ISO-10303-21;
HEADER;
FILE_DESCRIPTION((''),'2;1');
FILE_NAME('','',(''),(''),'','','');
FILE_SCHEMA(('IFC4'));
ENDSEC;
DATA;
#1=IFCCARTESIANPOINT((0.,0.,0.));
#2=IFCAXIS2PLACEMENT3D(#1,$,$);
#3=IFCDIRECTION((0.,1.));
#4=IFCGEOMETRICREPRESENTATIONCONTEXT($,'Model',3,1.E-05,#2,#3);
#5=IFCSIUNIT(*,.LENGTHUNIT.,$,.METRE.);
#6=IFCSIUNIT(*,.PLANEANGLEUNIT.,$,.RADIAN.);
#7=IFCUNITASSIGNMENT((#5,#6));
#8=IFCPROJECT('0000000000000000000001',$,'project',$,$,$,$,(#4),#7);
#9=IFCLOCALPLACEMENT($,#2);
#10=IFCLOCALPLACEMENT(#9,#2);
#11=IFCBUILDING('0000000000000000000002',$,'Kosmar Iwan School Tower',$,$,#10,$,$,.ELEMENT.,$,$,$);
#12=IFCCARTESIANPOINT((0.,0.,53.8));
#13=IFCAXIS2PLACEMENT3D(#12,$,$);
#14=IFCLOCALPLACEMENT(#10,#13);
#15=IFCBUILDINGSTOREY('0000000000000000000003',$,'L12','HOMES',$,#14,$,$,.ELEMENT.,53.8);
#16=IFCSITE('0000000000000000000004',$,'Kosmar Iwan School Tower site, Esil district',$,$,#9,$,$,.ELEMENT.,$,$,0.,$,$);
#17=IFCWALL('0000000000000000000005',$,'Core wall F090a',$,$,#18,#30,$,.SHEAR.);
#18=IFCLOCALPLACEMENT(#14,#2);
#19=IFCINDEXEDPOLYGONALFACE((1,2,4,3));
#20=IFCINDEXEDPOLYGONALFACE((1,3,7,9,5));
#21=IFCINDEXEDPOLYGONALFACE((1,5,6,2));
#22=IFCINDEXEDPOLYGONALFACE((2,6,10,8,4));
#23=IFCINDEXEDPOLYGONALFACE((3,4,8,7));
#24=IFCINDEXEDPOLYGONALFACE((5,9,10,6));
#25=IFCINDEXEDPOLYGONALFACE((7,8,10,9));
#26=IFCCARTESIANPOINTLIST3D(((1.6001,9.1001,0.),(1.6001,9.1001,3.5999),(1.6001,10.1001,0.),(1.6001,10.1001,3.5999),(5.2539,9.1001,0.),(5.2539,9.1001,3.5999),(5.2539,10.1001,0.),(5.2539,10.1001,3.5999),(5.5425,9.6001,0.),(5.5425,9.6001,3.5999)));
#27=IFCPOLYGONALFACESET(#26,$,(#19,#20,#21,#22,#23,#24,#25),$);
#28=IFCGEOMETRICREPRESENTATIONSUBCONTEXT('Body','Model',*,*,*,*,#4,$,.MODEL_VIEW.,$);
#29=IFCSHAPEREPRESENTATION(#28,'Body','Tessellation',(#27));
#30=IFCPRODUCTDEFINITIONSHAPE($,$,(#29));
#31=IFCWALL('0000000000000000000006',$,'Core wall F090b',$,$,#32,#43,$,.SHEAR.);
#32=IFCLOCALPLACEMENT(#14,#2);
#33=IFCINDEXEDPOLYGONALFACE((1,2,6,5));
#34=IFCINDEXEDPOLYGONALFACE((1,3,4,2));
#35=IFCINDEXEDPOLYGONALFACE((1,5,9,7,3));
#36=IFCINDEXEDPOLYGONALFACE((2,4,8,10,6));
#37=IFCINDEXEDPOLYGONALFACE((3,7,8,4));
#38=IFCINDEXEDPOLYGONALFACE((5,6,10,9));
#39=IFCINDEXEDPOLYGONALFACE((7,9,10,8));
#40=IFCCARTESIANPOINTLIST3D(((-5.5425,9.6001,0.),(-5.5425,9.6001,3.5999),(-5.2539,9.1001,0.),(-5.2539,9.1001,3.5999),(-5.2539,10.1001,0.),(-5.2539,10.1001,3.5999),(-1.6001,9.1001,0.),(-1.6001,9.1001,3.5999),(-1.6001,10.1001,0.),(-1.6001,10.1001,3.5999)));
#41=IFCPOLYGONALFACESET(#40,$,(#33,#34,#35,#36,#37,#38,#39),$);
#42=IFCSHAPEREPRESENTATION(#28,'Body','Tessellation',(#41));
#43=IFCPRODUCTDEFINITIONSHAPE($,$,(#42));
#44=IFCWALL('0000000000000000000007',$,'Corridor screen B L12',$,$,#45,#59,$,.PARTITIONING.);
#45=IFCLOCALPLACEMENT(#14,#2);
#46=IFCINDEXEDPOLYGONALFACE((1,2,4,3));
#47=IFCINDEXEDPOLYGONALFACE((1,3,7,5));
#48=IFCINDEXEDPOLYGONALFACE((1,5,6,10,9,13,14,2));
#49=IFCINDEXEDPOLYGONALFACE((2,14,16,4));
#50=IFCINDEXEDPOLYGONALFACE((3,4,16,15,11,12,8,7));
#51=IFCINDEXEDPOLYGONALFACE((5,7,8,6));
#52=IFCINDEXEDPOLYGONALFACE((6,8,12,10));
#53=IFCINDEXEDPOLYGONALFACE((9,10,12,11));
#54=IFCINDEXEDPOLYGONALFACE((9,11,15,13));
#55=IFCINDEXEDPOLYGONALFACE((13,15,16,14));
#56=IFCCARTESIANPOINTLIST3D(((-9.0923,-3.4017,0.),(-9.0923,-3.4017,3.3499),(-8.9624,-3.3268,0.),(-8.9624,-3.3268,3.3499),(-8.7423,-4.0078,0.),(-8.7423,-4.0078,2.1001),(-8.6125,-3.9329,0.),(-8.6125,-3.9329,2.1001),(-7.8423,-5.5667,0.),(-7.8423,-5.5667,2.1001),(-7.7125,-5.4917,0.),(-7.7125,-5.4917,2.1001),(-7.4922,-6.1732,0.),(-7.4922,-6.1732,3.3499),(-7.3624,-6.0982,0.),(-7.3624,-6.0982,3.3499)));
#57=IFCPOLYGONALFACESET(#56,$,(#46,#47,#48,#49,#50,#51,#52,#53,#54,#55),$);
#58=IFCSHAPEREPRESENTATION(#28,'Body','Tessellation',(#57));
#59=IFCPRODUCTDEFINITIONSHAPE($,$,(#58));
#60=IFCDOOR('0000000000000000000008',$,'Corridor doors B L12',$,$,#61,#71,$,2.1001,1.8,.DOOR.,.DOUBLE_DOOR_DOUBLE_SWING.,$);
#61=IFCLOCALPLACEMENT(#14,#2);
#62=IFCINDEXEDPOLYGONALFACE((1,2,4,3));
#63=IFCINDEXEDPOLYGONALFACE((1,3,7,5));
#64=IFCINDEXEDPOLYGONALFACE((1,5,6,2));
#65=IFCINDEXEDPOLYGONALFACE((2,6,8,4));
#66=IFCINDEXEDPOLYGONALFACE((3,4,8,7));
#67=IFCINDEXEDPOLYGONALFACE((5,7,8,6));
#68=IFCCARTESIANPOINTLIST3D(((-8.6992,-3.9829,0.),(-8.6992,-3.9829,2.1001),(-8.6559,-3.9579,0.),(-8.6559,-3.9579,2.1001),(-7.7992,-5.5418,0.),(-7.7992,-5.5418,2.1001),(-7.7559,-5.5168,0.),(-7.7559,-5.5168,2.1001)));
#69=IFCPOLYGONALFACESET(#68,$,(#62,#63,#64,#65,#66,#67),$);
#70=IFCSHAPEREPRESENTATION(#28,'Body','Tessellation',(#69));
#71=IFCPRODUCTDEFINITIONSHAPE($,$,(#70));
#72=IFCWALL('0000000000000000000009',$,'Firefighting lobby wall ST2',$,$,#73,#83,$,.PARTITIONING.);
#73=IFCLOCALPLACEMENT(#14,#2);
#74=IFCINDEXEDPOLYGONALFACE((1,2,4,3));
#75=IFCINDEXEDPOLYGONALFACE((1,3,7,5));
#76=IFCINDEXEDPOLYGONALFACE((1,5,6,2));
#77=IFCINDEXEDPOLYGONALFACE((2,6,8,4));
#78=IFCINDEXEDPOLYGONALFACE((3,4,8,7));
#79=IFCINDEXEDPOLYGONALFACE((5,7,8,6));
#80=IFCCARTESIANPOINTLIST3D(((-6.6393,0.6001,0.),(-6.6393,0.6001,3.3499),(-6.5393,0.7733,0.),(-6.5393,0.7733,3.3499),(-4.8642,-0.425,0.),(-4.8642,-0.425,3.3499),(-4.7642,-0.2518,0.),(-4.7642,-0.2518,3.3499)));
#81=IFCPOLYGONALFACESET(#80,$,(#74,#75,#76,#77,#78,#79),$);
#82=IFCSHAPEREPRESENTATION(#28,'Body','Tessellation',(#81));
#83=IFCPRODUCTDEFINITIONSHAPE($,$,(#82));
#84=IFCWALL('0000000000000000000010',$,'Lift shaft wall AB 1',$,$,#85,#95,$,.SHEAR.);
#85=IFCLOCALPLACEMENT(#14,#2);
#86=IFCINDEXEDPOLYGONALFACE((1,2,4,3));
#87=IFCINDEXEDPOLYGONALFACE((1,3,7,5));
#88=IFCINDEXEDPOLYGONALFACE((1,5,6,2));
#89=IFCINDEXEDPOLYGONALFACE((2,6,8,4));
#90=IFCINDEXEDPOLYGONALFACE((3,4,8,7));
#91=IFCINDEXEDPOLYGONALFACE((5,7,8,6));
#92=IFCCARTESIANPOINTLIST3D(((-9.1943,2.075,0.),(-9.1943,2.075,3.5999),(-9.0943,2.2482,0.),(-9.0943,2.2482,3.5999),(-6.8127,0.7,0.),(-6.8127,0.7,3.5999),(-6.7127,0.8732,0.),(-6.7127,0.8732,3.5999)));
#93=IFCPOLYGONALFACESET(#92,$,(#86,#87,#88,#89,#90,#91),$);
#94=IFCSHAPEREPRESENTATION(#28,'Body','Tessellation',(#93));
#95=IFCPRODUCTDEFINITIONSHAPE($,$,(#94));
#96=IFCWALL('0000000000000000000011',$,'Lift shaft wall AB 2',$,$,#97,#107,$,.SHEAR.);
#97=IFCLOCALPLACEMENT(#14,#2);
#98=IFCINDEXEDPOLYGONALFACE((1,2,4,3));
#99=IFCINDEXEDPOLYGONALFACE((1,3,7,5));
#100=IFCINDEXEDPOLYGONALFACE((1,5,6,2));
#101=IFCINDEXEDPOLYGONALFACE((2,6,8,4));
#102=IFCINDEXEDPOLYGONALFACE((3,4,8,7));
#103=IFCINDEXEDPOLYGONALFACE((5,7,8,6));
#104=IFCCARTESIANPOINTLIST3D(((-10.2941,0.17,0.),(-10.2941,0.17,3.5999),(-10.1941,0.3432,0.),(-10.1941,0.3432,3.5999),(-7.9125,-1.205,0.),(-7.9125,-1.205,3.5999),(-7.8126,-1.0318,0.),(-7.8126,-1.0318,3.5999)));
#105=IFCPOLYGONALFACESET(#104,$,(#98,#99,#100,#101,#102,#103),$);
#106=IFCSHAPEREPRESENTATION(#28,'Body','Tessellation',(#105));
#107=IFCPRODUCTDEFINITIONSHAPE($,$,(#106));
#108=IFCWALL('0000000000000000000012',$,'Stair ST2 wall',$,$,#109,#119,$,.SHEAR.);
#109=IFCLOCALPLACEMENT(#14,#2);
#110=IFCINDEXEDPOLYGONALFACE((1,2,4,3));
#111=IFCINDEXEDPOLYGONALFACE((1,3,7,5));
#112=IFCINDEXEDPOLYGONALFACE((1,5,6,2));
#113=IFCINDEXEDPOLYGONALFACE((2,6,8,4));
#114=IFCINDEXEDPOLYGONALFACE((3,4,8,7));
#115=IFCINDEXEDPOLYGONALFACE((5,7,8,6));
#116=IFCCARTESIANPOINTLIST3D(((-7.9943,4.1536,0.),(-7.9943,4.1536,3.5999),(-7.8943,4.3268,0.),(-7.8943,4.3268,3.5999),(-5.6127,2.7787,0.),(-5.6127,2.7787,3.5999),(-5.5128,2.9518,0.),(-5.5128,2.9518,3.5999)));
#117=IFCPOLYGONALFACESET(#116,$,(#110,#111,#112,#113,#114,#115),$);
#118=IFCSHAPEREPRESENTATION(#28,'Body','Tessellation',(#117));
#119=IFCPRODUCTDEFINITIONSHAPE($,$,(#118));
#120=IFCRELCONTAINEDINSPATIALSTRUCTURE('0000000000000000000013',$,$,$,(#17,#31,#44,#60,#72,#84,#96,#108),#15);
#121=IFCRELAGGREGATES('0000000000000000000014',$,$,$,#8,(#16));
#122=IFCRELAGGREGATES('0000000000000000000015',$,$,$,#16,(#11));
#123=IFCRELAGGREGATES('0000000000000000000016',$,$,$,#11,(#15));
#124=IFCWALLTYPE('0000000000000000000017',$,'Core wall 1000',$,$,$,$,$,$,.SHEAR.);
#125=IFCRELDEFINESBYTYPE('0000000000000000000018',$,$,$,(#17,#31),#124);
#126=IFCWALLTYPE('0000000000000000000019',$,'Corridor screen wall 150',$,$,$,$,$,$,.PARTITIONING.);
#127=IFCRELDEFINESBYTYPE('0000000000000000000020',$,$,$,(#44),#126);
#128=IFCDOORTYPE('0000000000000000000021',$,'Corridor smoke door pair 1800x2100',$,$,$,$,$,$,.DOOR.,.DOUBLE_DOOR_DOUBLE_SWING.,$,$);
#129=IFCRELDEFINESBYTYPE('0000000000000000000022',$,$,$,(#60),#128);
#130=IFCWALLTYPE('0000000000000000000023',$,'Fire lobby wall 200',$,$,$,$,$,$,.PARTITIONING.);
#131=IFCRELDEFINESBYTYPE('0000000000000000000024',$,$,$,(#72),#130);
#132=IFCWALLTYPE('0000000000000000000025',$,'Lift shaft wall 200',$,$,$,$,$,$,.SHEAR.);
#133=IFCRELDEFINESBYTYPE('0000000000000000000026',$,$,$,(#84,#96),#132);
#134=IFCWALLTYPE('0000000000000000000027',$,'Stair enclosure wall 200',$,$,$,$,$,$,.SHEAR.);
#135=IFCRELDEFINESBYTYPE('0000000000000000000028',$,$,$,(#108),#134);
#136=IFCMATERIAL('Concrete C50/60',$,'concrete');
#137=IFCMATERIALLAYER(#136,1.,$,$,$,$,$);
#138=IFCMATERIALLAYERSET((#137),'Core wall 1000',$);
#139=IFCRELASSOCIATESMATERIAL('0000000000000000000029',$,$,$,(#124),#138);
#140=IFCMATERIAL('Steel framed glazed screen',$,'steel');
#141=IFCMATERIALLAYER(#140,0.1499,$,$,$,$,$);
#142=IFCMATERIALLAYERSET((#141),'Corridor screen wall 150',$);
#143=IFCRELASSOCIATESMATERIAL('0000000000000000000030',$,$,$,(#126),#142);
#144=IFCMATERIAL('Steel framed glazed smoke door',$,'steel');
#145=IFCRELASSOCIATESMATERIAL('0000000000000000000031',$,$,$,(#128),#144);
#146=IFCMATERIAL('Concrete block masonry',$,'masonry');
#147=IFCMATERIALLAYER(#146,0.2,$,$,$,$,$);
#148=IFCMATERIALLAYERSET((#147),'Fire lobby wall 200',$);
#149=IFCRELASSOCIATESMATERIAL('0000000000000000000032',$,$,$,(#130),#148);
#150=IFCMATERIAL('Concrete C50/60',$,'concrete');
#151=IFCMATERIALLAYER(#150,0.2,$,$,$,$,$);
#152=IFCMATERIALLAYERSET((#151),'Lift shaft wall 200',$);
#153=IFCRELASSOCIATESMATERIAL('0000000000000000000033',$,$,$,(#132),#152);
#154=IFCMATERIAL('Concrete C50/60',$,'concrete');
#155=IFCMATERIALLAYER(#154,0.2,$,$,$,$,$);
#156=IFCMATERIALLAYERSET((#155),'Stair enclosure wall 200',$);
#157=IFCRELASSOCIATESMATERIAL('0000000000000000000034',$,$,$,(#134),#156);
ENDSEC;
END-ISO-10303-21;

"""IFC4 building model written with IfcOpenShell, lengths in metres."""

from ifc_helpers import new_model, si_unit, direction, frame, frame_2d, origin, place, context, subcontext, project, spatial, polyline, rectangle, outline, extrude, material, layer, layer_set, type_object, element, fill, save


model = new_model("IFC4")

# Units and contexts
model_context = context("Model", 3, precision=1e-05, world=origin(), true_north=direction((0.0, 1.0)))
body_context = subcontext(model_context, "Body", "Model", "MODEL_VIEW")
ifc_project = project(units=[si_unit("LENGTHUNIT", "METRE"), si_unit("PLANEANGLEUNIT", "RADIAN")], contexts=[model_context])

# Site, building, storey
site_placement = place(None, origin())
site = spatial("IfcSite", under=ifc_project, at=site_placement, Name="Kosmar Iwan School Tower site, Esil district", CompositionType="ELEMENT", RefElevation=0.0)
building_placement = place(site_placement, origin())
building = spatial("IfcBuilding", under=site, at=building_placement, Name="Kosmar Iwan School Tower", CompositionType="ELEMENT")
storey_placement = place(building_placement, frame((0.0, 0.0, 53.8)))
storey = spatial("IfcBuildingStorey", under=building, at=storey_placement, Name="L12", Description="HOMES", CompositionType="ELEMENT", Elevation=53.8)

# Walls
ifc_material_1 = material(Name="Concrete C50/60", Category="concrete")
ifc_layer_1 = layer(ifc_material_1, 1.0)
ifc_layer_set_1 = layer_set([ifc_layer_1], Name="Core wall 1000")
wall_type_1 = type_object("IfcWallType", Name="Core wall 1000", PredefinedType="SHEAR", material=ifc_layer_set_1)
wall_1_placement = place(storey_placement, origin())
element("IfcWall", 1, at=wall_1_placement, inside=storey, type_object=wall_type_1, Name="Core wall F090a", PredefinedType="SHEAR", context=body_context, shape_type="SweptSolid", body=[
    extrude(outline(polyline([(1.6001, 9.1001), (5.2539, 9.1001), (5.5425, 9.6001), (5.2539, 10.1001), (1.6001, 10.1001), (1.6001, 9.1001)])), origin(), (0.0, 0.0, 1.0), 3.5999),
])
wall_2_placement = place(storey_placement, origin())
element("IfcWall", 2, at=wall_2_placement, inside=storey, type_object=wall_type_1, Name="Core wall F090b", PredefinedType="SHEAR", context=body_context, shape_type="SweptSolid", body=[
    extrude(outline(polyline([(-5.2539, 9.1001), (-1.6001, 9.1001), (-1.6001, 10.1001), (-5.2539, 10.1001), (-5.5425, 9.6001), (-5.2539, 9.1001)])), origin(), (0.0, 0.0, 1.0), 3.5999),
])

# Wall, opening, door
ifc_material_2 = material(Name="Steel framed glazed screen", Category="steel")
ifc_layer_2 = layer(ifc_material_2, 0.1499)
ifc_layer_set_2 = layer_set([ifc_layer_2], Name="Corridor screen wall 150")
wall_type_2 = type_object("IfcWallType", Name="Corridor screen wall 150", PredefinedType="PARTITIONING", material=ifc_layer_set_2)
wall_3_placement = place(storey_placement, frame((-9.0273, -3.3643, 0.0), z_axis=(0.0, 0.0, 1.0), x_axis=(0.499995, -0.866028, 0.0)))
wall_3 = element("IfcWall", 3, at=wall_3_placement, inside=storey, type_object=wall_type_2, Name="Corridor screen B L12", PredefinedType="PARTITIONING", context=body_context, shape_type="SweptSolid", body=[
    extrude(rectangle(XDim=3.2002, YDim=0.1499, at=frame_2d((1.6001, 0.0))), origin(), (0.0, 0.0, 1.0), 3.3499),
])
opening_1_placement = place(wall_3_placement, frame((0.7, 0.0, 0.0)))
opening_1 = element("IfcOpeningElement", 4, at=opening_1_placement, cuts=wall_3, PredefinedType="OPENING", context=body_context, shape_type="SweptSolid", body=[
    extrude(rectangle(XDim=1.8, YDim=2.1001, at=frame_2d((0.8999, 1.05))), frame((0.0, 0.0869, 0.0), z_axis=(0.0, -1.0, 0.0), x_axis=(1.0, 0.0, 0.0)), (0.0, 0.0, 1.0), 0.1738),
])
ifc_material_3 = material(Name="Steel framed glazed smoke door", Category="steel")
door_type_1 = type_object("IfcDoorType", Name="Corridor smoke door pair 1800x2100", OperationType="DOUBLE_DOOR_DOUBLE_SWING", PredefinedType="DOOR", material=ifc_material_3)
door_1_placement = place(opening_1_placement, origin())
door_1 = element("IfcDoor", 5, at=door_1_placement, inside=storey, type_object=door_type_1, Name="Corridor doors B L12", OperationType="DOUBLE_DOOR_DOUBLE_SWING", OverallHeight=2.1001, OverallWidth=1.8, PredefinedType="DOOR", context=body_context, shape_type="SweptSolid", body=[
    extrude(rectangle(XDim=1.8, YDim=2.1001, at=frame_2d((0.8999, 1.05))), frame((0.0, 0.0249, 0.0), z_axis=(0.0, -1.0, 0.0), x_axis=(1.0, 0.0, 0.0)), (0.0, 0.0, 1.0), 0.05),
])
fill(opening_1, door_1)

# Walls
ifc_material_4 = material(Name="Concrete block masonry", Category="masonry")
ifc_layer_3 = layer(ifc_material_4, 0.2)
ifc_layer_set_3 = layer_set([ifc_layer_3], Name="Fire lobby wall 200")
wall_type_3 = type_object("IfcWallType", Name="Fire lobby wall 200", PredefinedType="PARTITIONING", material=ifc_layer_set_3)
wall_4_placement = place(storey_placement, frame((-4.8142, -0.3384, 0.0), z_axis=(0.0, 0.0, 1.0), x_axis=(-0.865969, 0.500097, 0.0)))
element("IfcWall", 6, at=wall_4_placement, inside=storey, type_object=wall_type_3, Name="Firefighting lobby wall ST2", PredefinedType="PARTITIONING", context=body_context, shape_type="SweptSolid", body=[
    extrude(rectangle(XDim=2.0498, YDim=0.2, at=frame_2d((1.0249, 0.0))), origin(), (0.0, 0.0, 1.0), 3.3499),
])
ifc_material_5 = material(Name="Concrete C50/60", Category="concrete")
ifc_layer_4 = layer(ifc_material_5, 0.2)
ifc_layer_set_4 = layer_set([ifc_layer_4], Name="Lift shaft wall 200")
wall_type_4 = type_object("IfcWallType", Name="Lift shaft wall 200", PredefinedType="SHEAR", material=ifc_layer_set_4)
for number, where, z_axis, x_axis, name in (
    (7, (-6.7627, 0.7866, 0.0), (0.0, 0.0, 1.0), (-0.866027, 0.499997, 0.0), "Lift shaft wall AB 1"),
    (8, (-7.8625, -1.1184, 0.0), (0.0, 0.0, 1.0), (-0.866027, 0.499997, 0.0), "Lift shaft wall AB 2"),
):
    element("IfcWall", number, at=place(storey_placement, frame(where, z_axis=z_axis, x_axis=x_axis)), inside=storey, type_object=wall_type_4, Name=name, PredefinedType="SHEAR", context=body_context, shape_type="SweptSolid", body=[
        extrude(rectangle(XDim=2.75, YDim=0.2, at=frame_2d((1.375, 0.0))), origin(), (0.0, 0.0, 1.0), 3.5999),
    ])
ifc_material_6 = material(Name="Concrete C50/60", Category="concrete")
ifc_layer_5 = layer(ifc_material_6, 0.2)
ifc_layer_set_5 = layer_set([ifc_layer_5], Name="Stair enclosure wall 200")
wall_type_5 = type_object("IfcWallType", Name="Stair enclosure wall 200", PredefinedType="SHEAR", material=ifc_layer_set_5)
wall_5_placement = place(storey_placement, frame((-5.5627, 2.8652, 0.0), z_axis=(0.0, 0.0, 1.0), x_axis=(-0.866027, 0.499997, 0.0)))
element("IfcWall", 9, at=wall_5_placement, inside=storey, type_object=wall_type_5, Name="Stair ST2 wall", PredefinedType="SHEAR", context=body_context, shape_type="SweptSolid", body=[
    extrude(rectangle(XDim=2.75, YDim=0.2, at=frame_2d((1.375, 0.0))), origin(), (0.0, 0.0, 1.0), 3.5999),
])

save(model, "model.ifc")
